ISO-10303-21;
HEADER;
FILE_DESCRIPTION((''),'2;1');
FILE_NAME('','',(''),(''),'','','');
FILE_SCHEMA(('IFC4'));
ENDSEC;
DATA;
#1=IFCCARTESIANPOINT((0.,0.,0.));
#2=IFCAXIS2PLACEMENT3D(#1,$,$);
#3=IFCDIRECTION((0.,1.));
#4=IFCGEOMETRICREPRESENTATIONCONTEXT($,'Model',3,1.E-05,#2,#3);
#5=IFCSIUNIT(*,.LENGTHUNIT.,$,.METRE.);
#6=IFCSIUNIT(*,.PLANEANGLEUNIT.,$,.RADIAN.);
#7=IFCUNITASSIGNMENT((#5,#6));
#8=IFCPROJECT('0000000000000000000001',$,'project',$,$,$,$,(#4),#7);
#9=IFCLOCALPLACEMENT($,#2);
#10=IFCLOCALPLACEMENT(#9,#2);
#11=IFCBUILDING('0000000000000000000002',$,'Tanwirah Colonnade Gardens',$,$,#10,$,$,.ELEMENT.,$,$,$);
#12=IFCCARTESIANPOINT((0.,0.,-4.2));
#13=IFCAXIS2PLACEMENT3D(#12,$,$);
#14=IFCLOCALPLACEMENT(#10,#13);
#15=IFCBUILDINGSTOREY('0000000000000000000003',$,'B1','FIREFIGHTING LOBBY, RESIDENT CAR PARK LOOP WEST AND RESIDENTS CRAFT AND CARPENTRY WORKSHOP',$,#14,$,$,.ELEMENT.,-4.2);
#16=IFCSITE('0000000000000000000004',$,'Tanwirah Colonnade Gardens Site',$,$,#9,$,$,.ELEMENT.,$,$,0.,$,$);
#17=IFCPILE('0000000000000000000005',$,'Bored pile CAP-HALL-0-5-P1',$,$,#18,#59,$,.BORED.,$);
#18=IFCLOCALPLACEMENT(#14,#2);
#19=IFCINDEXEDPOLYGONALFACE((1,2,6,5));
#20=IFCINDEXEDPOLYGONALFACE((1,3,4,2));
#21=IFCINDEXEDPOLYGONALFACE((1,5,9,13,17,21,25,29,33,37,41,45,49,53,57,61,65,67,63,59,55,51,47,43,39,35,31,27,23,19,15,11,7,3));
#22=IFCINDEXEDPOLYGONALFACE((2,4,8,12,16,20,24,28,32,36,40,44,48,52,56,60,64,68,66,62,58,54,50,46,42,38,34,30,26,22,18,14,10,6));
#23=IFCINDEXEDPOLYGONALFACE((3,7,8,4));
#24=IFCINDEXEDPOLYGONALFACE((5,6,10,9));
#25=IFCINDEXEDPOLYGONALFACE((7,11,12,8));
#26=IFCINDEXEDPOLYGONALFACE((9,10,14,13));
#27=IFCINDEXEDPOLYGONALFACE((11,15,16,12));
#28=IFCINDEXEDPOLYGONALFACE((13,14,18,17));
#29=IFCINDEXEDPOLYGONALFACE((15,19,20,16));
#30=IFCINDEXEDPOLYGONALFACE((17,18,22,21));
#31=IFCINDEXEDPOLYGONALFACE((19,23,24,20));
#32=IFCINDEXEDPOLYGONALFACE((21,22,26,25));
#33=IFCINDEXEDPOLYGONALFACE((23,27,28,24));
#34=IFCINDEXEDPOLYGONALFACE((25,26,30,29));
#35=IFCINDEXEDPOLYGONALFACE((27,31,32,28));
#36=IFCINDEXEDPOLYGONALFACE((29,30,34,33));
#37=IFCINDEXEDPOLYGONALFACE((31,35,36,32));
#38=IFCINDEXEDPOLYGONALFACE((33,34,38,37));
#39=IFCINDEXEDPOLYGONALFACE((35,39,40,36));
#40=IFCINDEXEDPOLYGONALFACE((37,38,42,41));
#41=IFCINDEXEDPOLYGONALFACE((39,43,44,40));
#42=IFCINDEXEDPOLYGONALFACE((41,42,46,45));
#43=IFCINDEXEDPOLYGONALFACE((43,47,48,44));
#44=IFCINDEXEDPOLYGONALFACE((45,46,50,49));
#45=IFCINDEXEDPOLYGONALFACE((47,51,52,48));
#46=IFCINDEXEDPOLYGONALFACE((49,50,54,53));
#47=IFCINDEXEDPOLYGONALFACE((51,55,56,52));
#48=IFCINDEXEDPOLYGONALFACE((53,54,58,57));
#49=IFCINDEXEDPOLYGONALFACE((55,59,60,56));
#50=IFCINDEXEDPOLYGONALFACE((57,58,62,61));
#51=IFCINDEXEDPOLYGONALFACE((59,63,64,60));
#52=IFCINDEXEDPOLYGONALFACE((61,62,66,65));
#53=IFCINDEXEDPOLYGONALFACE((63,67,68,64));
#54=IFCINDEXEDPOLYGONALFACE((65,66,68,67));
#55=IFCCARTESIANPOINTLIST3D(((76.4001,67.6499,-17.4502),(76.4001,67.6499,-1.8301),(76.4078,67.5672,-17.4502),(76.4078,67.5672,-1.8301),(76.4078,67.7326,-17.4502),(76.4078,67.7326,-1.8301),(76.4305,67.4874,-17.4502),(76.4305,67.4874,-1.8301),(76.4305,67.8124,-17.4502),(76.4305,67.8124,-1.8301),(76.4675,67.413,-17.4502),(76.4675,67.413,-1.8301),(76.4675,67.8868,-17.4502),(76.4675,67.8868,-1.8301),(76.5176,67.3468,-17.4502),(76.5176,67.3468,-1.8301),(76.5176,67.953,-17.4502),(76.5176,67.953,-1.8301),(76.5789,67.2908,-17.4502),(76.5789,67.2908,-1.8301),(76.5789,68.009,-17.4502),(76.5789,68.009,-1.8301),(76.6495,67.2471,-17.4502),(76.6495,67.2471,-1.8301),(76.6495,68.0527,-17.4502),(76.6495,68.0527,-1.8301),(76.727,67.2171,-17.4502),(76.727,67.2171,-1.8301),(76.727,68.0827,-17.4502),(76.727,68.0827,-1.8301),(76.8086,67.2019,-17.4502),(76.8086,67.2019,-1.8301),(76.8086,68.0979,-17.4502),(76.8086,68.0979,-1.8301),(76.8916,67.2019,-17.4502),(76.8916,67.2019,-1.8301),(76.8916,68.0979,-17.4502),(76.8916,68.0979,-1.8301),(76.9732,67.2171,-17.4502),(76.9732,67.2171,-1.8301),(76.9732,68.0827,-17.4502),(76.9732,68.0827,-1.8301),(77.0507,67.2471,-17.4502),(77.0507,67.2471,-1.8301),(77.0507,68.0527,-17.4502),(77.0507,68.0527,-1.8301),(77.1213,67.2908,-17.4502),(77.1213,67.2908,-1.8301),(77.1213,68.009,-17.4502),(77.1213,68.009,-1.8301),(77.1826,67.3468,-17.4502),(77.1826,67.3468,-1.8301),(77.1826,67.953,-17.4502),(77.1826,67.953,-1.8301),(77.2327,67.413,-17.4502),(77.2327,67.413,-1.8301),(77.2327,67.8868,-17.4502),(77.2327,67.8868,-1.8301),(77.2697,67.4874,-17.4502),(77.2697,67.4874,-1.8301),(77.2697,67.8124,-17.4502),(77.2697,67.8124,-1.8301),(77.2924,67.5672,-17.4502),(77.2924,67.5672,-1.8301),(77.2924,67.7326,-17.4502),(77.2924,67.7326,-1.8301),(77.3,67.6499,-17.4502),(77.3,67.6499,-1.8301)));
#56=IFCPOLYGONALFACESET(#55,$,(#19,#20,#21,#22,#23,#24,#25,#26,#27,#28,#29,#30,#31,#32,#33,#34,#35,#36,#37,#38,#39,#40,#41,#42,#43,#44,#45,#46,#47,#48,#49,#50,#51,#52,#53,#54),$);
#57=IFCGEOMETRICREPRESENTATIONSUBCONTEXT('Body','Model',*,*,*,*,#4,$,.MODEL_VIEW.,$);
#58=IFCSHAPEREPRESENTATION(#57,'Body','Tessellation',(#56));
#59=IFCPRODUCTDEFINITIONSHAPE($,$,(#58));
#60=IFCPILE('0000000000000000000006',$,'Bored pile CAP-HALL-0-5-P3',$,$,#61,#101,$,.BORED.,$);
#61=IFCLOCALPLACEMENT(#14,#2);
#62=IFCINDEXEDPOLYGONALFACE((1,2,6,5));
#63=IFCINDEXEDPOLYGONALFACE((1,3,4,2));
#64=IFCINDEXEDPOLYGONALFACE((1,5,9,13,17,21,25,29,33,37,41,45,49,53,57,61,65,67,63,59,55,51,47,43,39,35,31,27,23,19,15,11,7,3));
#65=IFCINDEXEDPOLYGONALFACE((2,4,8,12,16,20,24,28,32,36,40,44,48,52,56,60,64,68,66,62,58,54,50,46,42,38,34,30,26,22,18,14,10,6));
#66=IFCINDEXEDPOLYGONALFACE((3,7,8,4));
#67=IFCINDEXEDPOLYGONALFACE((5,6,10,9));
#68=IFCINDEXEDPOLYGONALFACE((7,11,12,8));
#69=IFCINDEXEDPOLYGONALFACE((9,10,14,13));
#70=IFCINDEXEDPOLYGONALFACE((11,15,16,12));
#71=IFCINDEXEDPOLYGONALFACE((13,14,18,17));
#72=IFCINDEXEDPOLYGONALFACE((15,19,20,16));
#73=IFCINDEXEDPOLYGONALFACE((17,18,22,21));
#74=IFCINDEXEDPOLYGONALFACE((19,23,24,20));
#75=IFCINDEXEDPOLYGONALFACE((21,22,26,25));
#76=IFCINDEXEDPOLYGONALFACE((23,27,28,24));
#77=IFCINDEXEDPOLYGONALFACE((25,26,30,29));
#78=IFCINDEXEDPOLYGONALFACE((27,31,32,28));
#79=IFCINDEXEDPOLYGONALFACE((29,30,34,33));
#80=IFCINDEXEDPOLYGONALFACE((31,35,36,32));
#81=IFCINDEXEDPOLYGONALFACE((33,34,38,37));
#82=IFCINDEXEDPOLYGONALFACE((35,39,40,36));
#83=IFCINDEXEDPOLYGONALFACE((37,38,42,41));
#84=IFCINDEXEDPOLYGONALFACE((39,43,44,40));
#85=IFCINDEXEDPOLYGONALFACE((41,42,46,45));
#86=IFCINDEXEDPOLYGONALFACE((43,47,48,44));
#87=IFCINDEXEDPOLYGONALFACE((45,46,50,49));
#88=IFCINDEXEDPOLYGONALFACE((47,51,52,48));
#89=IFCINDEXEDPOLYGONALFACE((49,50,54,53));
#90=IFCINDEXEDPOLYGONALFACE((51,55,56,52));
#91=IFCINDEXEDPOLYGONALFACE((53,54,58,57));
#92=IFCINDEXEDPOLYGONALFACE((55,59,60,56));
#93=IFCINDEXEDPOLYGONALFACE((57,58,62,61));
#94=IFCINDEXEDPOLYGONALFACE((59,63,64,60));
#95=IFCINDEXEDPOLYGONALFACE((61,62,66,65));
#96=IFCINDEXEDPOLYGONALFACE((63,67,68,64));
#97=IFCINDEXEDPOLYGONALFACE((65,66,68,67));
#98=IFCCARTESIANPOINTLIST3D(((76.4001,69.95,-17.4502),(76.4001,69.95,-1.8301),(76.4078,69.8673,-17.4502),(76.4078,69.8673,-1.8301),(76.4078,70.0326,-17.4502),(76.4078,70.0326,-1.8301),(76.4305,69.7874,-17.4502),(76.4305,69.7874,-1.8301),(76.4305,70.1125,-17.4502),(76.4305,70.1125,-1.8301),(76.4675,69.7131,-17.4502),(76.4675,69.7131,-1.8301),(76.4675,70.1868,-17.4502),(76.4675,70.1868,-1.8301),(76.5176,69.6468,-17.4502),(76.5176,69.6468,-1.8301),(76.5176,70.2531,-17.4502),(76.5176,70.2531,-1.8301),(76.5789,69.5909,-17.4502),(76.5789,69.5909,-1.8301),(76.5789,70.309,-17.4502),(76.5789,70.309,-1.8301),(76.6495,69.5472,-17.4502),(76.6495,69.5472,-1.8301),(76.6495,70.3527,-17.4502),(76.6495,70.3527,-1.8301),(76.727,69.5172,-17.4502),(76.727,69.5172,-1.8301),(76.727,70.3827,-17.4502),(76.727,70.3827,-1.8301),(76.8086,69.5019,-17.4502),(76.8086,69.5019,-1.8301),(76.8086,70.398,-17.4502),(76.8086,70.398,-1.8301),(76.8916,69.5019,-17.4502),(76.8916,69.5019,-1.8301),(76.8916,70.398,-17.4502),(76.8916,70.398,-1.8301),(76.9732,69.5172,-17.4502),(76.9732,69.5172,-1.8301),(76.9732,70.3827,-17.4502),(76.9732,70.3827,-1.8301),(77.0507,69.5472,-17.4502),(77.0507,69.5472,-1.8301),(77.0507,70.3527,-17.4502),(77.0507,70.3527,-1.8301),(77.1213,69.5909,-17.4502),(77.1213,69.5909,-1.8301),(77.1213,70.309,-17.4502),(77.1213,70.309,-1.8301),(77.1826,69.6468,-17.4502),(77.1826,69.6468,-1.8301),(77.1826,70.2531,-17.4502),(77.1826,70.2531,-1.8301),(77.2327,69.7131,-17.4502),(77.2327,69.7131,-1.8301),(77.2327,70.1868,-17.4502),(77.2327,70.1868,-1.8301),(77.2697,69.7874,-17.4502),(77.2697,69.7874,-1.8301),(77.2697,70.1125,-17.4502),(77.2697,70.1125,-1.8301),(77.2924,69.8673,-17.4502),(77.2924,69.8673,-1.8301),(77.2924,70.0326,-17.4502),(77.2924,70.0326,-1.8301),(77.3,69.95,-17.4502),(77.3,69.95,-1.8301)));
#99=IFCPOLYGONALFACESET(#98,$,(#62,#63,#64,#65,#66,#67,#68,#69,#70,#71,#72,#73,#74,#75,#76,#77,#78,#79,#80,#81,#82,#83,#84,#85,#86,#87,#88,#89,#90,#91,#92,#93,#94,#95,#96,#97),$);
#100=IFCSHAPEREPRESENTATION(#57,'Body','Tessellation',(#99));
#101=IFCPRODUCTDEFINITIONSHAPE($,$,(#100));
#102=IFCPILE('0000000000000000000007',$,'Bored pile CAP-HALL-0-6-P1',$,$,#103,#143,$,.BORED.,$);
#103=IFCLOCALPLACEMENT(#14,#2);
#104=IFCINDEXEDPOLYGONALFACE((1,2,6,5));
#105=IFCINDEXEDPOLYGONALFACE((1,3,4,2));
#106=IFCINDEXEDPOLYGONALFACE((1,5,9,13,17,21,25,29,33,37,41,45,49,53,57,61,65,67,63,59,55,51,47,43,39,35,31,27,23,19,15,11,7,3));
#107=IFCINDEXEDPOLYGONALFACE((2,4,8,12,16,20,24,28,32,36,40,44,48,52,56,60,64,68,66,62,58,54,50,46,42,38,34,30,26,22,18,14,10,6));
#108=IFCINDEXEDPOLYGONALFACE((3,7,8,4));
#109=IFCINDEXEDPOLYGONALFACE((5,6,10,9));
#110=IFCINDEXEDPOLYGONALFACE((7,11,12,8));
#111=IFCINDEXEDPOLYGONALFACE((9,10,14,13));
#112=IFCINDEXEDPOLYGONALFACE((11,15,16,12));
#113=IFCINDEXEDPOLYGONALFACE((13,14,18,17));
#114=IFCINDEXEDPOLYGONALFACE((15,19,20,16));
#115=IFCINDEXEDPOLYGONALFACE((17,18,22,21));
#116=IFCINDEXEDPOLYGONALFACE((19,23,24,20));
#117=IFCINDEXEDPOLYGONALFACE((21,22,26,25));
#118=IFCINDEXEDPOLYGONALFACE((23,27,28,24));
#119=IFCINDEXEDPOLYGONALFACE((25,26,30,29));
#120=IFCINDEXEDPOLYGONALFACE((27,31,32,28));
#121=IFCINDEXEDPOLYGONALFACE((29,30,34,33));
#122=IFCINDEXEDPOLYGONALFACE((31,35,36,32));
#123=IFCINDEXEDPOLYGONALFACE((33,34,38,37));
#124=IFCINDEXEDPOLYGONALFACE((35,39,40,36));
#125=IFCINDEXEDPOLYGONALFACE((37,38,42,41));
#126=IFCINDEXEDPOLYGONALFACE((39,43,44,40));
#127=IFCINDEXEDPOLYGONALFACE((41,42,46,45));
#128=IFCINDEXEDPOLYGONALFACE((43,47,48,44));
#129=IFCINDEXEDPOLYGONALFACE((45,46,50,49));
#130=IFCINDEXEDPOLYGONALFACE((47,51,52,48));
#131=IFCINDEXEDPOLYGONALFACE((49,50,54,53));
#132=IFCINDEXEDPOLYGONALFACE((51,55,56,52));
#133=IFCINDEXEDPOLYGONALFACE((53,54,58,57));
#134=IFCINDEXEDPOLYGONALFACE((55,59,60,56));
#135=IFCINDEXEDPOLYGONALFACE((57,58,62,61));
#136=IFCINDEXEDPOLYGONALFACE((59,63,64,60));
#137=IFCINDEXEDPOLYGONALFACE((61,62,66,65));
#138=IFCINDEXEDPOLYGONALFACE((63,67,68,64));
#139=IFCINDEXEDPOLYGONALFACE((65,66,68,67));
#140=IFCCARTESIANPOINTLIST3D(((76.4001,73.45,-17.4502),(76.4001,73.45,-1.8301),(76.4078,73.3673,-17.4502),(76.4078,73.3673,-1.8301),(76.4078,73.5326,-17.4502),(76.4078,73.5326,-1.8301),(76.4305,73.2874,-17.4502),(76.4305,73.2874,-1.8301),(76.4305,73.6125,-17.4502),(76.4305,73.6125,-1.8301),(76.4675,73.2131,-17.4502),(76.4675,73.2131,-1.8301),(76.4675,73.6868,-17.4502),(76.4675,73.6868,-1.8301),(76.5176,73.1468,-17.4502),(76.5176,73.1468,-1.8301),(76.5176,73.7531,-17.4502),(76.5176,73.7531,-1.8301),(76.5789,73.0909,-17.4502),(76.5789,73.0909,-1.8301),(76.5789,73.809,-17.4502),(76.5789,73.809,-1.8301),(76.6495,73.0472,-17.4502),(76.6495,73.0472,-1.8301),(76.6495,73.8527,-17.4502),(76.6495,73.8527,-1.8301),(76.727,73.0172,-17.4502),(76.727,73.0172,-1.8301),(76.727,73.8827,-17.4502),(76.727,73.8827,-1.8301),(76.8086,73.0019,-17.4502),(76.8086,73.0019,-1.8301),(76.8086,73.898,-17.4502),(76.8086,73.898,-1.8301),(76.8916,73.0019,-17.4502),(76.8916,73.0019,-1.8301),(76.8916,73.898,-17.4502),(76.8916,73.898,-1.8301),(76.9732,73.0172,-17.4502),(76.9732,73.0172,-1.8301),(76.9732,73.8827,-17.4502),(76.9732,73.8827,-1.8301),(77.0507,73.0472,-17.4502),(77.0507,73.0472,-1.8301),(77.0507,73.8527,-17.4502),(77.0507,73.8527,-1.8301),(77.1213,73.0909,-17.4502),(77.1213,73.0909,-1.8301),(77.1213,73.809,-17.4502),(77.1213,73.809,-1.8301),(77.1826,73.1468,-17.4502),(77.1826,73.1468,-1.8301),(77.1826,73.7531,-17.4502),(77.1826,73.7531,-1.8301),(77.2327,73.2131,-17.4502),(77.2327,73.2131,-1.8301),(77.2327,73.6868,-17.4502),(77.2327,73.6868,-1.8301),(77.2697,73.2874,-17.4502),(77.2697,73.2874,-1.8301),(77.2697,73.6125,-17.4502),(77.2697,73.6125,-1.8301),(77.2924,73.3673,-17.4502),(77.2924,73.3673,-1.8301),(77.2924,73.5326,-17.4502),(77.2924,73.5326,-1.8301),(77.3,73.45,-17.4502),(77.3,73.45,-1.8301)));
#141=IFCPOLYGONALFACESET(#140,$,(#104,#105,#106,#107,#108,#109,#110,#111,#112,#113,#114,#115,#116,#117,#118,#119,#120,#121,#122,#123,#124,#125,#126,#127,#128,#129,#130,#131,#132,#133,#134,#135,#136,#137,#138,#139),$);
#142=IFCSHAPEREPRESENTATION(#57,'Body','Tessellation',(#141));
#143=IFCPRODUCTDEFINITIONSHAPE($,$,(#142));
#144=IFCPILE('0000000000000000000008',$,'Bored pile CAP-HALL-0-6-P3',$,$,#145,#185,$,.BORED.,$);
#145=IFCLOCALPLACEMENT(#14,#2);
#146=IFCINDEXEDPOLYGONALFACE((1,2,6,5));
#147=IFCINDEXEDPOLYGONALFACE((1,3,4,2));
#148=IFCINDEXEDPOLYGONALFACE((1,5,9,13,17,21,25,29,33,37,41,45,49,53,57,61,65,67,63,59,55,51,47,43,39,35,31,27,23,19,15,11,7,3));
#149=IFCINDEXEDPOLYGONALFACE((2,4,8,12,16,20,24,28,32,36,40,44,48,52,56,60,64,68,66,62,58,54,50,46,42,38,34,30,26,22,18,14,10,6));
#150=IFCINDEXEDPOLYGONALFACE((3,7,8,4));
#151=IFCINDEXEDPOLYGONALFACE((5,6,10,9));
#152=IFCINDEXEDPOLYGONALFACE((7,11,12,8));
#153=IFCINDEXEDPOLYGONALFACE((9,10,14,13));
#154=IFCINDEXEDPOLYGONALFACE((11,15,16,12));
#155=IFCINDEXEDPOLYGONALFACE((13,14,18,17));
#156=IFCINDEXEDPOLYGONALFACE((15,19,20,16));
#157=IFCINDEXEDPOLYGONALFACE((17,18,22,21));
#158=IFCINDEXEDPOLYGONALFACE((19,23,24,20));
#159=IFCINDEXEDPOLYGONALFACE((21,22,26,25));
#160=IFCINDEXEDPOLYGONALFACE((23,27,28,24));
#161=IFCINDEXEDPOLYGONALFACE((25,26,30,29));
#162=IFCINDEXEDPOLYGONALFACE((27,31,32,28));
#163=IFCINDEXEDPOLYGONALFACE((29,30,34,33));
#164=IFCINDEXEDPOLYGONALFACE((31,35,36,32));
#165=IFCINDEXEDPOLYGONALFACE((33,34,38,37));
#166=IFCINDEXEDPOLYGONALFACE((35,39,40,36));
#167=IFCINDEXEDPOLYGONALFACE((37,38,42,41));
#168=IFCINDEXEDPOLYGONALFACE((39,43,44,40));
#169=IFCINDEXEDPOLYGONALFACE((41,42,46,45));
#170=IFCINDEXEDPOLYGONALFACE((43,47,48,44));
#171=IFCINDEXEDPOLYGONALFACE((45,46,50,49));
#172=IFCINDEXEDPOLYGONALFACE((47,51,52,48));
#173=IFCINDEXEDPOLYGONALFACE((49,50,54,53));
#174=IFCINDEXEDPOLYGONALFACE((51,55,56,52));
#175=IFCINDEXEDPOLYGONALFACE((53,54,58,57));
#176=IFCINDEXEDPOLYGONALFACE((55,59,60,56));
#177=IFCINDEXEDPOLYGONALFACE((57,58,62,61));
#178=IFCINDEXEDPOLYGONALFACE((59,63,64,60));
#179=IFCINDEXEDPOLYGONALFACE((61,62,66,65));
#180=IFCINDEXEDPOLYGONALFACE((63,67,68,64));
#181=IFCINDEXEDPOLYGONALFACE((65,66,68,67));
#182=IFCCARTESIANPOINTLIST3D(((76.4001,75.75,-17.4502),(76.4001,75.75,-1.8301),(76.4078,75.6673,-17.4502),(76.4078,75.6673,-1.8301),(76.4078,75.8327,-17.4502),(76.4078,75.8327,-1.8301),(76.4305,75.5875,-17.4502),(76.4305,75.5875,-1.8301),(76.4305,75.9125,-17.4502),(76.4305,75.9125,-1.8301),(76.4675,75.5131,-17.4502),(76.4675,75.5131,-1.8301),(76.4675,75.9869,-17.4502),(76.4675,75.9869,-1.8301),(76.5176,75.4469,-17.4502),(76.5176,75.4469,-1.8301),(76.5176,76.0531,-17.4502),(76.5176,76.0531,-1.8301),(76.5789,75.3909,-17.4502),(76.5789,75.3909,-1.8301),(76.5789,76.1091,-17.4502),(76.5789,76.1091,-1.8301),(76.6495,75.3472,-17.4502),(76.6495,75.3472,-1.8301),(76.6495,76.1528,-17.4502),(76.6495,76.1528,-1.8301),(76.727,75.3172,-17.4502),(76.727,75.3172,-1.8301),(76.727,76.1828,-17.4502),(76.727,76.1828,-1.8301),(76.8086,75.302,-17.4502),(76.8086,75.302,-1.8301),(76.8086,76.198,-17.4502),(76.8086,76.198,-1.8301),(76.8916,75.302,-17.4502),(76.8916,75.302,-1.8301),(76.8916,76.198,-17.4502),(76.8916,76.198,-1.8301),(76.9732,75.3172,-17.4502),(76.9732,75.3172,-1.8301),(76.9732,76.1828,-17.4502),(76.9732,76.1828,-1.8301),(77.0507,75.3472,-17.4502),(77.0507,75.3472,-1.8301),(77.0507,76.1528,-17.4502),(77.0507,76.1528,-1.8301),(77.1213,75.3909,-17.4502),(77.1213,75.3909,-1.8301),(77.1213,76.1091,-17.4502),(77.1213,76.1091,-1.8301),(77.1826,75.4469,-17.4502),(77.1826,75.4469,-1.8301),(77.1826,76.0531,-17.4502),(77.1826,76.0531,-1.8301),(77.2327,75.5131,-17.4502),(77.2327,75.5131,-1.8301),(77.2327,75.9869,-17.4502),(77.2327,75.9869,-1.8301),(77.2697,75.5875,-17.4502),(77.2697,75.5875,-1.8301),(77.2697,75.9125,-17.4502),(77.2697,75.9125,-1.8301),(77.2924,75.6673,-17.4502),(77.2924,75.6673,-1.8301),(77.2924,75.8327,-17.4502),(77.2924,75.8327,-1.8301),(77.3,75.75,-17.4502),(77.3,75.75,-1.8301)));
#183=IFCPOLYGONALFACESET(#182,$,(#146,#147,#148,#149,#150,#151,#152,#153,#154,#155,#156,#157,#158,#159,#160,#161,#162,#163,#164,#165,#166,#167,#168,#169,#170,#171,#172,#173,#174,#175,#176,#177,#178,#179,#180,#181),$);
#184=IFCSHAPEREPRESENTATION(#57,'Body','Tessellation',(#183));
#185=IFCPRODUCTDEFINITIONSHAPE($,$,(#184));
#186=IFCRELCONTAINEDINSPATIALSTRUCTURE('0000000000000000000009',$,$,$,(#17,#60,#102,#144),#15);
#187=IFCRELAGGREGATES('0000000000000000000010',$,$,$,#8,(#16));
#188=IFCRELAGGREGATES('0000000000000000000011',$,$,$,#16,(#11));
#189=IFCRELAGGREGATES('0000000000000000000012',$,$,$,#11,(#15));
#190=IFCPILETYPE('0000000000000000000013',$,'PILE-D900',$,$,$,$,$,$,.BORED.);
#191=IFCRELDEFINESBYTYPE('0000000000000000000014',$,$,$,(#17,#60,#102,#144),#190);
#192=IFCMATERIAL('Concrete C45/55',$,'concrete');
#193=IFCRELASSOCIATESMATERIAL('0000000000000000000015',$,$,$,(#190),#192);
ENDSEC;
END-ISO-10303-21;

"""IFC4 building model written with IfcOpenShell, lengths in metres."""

from ifc_helpers import new_model, si_unit, direction, frame, origin, origin_2d, place, context, subcontext, project, spatial, circle, extrude, material, material_profile, profile_set, type_object, element, save


model = new_model("IFC4")

# Units and contexts
model_context = context("Model", 3, precision=1e-05, world=origin(), true_north=direction((0.0, 1.0)))
body_context = subcontext(model_context, "Body", "Model", "MODEL_VIEW")
ifc_project = project(units=[si_unit("LENGTHUNIT", "METRE"), si_unit("PLANEANGLEUNIT", "RADIAN")], contexts=[model_context])

# Site, building, storey
site_placement = place(None, origin())
site = spatial("IfcSite", under=ifc_project, at=site_placement, Name="Tanwirah Colonnade Gardens Site", CompositionType="ELEMENT", RefElevation=0.0)
building_placement = place(site_placement, origin())
building = spatial("IfcBuilding", under=site, at=building_placement, Name="Tanwirah Colonnade Gardens", CompositionType="ELEMENT")
storey_placement = place(building_placement, frame((0.0, 0.0, -4.2)))
storey = spatial("IfcBuildingStorey", under=building, at=storey_placement, Name="B1", Description="FIREFIGHTING LOBBY, RESIDENT CAR PARK LOOP WEST AND RESIDENTS CRAFT AND CARPENTRY WORKSHOP", CompositionType="ELEMENT", Elevation=-4.2)

# Shared definitions
ifc_material = material(Name="Concrete C45/55", Category="concrete")

# Piles
ifc_material_profile_1 = material_profile(ifc_material, circle(Radius=0.45, at=origin_2d()), Name="PILE D900")
ifc_profile_set_1 = profile_set([ifc_material_profile_1], Name="Concrete C45/55")
pile_type_1 = type_object("IfcPileType", Name="PILE-D900", PredefinedType="BORED", material=ifc_profile_set_1)
for number, where, z_axis, x_axis, name in (
    (1, (76.8501, 67.6499, -1.8301), (0.0, 0.0, -1.0), (1.0, 0.0, 0.0), "Bored pile CAP-HALL-0-5-P1"),
    (2, (76.8501, 69.95, -1.8301), (0.0, 0.0, -1.0), (1.0, 0.0, 0.0), "Bored pile CAP-HALL-0-5-P3"),
    (3, (76.8501, 73.45, -1.8301), (0.0, 0.0, -1.0), (1.0, 0.0, 0.0), "Bored pile CAP-HALL-0-6-P1"),
    (4, (76.8501, 75.75, -1.8301), (0.0, 0.0, -1.0), (1.0, 0.0, 0.0), "Bored pile CAP-HALL-0-6-P3"),
):
    element("IfcPile", number, at=place(storey_placement, frame(where, z_axis=z_axis, x_axis=x_axis)), inside=storey, type_object=pile_type_1, Name=name, PredefinedType="BORED", context=body_context, shape_type="SweptSolid", body=[
        extrude(circle(Radius=0.45, at=origin_2d()), origin(), (0.0, 0.0, 1.0), 15.6201),
    ])

save(model, "model.ifc")
